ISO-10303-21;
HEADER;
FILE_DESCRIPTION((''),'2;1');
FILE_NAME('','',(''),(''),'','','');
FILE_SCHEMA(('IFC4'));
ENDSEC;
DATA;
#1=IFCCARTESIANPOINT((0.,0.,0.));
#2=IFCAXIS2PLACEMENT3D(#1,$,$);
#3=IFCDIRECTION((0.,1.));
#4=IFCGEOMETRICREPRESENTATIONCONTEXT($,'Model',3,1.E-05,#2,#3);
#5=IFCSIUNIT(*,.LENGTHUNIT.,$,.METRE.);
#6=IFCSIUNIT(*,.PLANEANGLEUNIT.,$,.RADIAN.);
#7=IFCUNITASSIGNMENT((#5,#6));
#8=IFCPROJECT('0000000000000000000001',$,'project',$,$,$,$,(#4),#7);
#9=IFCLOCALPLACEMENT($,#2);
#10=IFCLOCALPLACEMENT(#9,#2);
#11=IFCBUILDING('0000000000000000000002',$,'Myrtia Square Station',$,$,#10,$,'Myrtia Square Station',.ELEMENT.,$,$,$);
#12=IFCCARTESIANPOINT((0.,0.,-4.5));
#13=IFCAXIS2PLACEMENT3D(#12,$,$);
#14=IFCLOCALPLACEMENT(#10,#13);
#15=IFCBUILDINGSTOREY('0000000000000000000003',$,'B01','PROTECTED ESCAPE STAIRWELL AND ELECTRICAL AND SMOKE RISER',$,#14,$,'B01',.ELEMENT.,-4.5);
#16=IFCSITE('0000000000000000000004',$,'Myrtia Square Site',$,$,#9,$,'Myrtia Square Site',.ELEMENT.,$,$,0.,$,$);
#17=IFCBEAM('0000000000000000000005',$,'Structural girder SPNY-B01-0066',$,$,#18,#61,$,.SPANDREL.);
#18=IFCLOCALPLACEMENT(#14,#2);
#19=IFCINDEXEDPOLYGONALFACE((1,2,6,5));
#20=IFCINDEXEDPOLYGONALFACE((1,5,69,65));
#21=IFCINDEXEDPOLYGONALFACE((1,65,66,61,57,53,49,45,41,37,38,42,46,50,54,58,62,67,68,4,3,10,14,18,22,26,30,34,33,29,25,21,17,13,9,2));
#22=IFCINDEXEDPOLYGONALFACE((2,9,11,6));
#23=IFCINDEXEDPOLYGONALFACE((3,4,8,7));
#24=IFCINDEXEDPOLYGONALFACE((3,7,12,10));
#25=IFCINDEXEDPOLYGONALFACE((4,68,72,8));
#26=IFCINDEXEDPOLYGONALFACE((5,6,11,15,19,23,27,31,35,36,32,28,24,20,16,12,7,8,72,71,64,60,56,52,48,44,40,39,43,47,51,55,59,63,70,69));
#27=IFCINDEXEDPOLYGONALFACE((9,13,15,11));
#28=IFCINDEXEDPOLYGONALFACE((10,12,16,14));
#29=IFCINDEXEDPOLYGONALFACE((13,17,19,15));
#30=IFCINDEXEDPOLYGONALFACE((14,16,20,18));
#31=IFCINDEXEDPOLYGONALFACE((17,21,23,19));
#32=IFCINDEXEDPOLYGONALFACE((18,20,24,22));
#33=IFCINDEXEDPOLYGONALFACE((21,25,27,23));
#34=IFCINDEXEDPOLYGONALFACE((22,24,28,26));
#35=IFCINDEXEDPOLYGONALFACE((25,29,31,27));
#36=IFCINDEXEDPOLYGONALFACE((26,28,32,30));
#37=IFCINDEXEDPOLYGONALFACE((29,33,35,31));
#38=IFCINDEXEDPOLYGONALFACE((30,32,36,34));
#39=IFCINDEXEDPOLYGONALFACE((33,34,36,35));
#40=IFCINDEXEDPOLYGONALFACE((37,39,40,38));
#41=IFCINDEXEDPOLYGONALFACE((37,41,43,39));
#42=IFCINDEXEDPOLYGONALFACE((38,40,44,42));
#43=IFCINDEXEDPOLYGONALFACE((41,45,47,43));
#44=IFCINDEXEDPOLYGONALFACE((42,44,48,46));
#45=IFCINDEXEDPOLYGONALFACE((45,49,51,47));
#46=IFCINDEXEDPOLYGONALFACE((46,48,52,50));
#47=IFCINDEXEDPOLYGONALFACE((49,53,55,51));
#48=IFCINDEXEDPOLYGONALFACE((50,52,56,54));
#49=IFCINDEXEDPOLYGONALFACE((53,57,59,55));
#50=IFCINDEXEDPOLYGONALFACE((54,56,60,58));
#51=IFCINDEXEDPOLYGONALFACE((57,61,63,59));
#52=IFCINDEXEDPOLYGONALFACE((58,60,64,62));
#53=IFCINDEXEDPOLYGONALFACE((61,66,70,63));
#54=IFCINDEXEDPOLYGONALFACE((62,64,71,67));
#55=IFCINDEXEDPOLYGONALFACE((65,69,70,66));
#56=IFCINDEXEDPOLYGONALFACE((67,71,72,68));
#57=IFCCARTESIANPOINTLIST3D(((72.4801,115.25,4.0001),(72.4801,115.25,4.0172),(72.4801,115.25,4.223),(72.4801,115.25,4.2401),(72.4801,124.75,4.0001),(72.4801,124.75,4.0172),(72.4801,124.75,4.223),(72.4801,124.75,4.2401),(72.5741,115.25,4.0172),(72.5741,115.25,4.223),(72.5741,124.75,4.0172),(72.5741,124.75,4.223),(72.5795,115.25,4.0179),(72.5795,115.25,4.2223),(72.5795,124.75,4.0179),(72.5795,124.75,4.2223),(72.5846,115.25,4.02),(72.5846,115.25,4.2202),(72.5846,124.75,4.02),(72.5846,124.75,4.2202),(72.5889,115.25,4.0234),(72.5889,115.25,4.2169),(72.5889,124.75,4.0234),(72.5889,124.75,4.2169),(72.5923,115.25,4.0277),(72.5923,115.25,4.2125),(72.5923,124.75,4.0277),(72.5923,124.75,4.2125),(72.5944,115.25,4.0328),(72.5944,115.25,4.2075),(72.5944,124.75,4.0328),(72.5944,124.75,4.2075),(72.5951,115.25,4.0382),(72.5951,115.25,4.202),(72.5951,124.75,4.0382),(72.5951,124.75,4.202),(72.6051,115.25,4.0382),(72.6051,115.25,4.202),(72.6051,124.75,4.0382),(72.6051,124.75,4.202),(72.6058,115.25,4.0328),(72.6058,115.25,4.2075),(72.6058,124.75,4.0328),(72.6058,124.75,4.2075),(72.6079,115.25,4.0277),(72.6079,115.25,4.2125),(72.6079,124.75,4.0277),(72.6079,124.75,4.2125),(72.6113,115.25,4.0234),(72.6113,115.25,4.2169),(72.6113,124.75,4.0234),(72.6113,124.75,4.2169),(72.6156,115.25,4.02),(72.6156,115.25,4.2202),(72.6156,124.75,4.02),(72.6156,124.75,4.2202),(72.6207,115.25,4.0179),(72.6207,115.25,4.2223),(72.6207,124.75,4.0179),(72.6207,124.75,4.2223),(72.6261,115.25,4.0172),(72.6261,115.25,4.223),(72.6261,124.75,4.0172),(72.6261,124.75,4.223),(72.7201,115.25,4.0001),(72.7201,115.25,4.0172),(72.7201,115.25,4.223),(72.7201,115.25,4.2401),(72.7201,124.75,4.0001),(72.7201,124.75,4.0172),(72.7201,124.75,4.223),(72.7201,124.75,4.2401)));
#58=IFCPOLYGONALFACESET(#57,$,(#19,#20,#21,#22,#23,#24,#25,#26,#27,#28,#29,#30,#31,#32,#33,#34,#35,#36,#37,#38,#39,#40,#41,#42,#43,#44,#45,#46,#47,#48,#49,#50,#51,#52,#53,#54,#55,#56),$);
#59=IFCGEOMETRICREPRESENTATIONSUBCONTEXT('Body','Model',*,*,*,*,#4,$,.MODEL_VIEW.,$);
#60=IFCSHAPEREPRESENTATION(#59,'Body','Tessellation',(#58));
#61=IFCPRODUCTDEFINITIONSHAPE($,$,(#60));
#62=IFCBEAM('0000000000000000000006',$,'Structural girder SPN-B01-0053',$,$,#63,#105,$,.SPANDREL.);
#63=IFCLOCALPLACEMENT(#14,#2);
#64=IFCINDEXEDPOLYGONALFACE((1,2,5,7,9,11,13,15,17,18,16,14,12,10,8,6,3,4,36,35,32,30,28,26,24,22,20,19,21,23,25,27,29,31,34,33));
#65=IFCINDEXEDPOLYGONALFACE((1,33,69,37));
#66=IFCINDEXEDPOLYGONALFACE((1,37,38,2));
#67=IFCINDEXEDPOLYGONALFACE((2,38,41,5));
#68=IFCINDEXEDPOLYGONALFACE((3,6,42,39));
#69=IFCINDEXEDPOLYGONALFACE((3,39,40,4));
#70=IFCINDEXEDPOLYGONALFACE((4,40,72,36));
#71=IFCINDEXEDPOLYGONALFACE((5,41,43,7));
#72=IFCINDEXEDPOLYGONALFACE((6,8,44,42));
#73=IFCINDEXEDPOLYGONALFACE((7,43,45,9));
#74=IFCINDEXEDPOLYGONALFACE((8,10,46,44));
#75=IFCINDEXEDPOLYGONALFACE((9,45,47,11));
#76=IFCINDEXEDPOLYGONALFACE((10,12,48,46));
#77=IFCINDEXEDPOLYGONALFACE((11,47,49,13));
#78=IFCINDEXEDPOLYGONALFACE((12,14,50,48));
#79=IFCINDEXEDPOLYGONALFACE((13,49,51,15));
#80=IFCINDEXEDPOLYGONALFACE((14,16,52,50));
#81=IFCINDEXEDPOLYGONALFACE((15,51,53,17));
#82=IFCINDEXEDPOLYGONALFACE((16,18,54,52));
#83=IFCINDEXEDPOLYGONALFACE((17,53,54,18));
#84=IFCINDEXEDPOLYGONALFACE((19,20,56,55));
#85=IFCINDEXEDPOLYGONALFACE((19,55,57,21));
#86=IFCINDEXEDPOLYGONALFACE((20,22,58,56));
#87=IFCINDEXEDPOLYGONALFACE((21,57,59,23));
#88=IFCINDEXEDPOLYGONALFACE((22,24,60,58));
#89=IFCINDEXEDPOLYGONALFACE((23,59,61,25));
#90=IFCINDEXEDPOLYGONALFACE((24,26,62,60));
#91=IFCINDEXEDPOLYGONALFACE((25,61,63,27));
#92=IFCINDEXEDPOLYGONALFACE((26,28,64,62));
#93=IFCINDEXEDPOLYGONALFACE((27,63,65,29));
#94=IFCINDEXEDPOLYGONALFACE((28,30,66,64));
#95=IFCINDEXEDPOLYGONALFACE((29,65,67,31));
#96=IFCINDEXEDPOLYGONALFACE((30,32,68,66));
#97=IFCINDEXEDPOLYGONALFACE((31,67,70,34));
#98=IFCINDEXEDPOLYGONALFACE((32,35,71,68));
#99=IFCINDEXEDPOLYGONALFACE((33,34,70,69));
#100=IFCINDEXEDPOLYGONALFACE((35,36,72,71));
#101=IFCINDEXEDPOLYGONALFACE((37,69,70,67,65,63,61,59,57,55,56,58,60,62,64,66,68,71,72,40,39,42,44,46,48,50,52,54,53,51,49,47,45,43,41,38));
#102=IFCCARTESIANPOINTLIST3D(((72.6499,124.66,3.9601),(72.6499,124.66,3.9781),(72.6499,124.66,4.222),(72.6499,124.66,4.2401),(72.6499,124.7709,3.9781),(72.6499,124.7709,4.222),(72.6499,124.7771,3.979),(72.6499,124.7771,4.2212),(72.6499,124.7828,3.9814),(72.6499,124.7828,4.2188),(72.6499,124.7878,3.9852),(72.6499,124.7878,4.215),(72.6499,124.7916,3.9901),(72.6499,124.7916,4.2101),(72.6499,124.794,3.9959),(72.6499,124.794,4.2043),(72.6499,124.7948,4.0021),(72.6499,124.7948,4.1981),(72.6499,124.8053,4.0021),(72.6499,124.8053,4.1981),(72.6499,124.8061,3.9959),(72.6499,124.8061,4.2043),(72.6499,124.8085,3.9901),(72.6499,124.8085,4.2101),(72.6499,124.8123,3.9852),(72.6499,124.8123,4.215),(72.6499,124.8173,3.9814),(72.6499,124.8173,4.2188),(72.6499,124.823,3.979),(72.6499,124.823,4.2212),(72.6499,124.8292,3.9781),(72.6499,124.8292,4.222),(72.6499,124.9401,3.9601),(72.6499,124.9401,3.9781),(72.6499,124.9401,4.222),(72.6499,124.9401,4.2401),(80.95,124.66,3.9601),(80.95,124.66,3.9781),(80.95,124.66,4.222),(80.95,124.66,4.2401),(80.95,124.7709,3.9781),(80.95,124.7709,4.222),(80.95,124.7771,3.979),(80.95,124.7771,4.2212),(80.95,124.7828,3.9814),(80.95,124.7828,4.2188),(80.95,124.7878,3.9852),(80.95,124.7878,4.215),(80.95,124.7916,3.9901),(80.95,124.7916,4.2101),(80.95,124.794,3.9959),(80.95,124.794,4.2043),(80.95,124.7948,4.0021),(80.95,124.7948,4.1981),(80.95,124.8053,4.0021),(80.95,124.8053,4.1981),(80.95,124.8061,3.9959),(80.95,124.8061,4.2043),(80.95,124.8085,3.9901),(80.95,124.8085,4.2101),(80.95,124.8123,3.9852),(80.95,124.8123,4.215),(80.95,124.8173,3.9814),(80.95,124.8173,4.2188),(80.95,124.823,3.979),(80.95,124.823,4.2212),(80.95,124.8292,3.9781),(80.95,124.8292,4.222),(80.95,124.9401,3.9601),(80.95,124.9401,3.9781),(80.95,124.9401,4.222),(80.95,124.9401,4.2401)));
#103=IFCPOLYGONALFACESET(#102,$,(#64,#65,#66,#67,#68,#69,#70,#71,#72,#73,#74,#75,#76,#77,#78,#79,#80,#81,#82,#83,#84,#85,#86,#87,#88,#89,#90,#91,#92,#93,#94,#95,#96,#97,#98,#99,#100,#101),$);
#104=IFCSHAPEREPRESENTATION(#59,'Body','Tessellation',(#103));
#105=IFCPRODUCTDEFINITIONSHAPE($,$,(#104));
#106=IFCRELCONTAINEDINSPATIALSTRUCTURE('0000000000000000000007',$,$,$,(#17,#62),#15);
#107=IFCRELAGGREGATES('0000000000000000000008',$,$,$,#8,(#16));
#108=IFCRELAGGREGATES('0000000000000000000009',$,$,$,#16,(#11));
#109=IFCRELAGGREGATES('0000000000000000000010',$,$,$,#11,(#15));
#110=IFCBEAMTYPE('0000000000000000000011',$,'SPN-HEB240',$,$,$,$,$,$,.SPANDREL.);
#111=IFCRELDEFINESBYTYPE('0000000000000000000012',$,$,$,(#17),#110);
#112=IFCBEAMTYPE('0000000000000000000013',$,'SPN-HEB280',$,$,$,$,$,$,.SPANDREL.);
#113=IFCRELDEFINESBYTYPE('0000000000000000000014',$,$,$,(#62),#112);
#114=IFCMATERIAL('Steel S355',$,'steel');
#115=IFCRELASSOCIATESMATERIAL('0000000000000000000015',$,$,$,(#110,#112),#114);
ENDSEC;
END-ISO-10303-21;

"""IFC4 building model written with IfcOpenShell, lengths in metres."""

from ifc_helpers import new_model, si_unit, direction, frame, origin, origin_2d, place, context, subcontext, project, spatial, i_section, extrude, material, material_profile, profile_set, type_object, element, save


model = new_model("IFC4")

# Units and contexts
model_context = context("Model", 3, precision=1e-05, world=origin(), true_north=direction((0.0, 1.0)))
body_context = subcontext(model_context, "Body", "Model", "MODEL_VIEW")
ifc_project = project(units=[si_unit("LENGTHUNIT", "METRE"), si_unit("PLANEANGLEUNIT", "RADIAN")], contexts=[model_context])

# Site, building, storey
site_placement = place(None, origin())
site = spatial("IfcSite", under=ifc_project, at=site_placement, Name="Myrtia Square Site", LongName="Myrtia Square Site", CompositionType="ELEMENT", RefElevation=0.0)
building_placement = place(site_placement, origin())
building = spatial("IfcBuilding", under=site, at=building_placement, Name="Myrtia Square Station", LongName="Myrtia Square Station", CompositionType="ELEMENT")
storey_placement = place(building_placement, frame((0.0, 0.0, -4.5)))
storey = spatial("IfcBuildingStorey", under=building, at=storey_placement, Name="B01", Description="PROTECTED ESCAPE STAIRWELL AND ELECTRICAL AND SMOKE RISER", LongName="B01", CompositionType="ELEMENT", Elevation=-4.5)

# Beams
ifc_material_1 = material(Name="Steel S355", Category="steel")
ifc_material_profile_1 = material_profile(ifc_material_1, i_section(OverallWidth=0.24, OverallDepth=0.24, WebThickness=0.01, FlangeThickness=0.0171, FilletRadius=0.021, at=origin_2d()), Name="HEB 240")
ifc_profile_set_1 = profile_set([ifc_material_profile_1], Name="Steel S355")
beam_type_1 = type_object("IfcBeamType", Name="SPN-HEB240", PredefinedType="SPANDREL", material=ifc_profile_set_1)
beam_1_placement = place(storey_placement, frame((72.6001, 115.25, 4.1201), z_axis=(0.0, 1.0, 0.0), x_axis=(-1.0, 0.0, 0.0)))
element("IfcBeam", 1, at=beam_1_placement, inside=storey, type_object=beam_type_1, Name="Structural girder SPNY-B01-0066", PredefinedType="SPANDREL", context=body_context, shape_type="SweptSolid", body=[
    extrude(i_section(OverallWidth=0.24, OverallDepth=0.24, WebThickness=0.01, FlangeThickness=0.0171, FilletRadius=0.021, at=origin_2d()), origin(), (0.0, 0.0, 1.0), 9.5),
])
ifc_material_profile_2 = material_profile(ifc_material_1, i_section(OverallWidth=0.28, OverallDepth=0.28, WebThickness=0.0105, FlangeThickness=0.0181, FilletRadius=0.0239, at=origin_2d()), Name="HEB 280")
ifc_profile_set_2 = profile_set([ifc_material_profile_2], Name="Steel S355")
beam_type_2 = type_object("IfcBeamType", Name="SPN-HEB280", PredefinedType="SPANDREL", material=ifc_profile_set_2)
beam_2_placement = place(storey_placement, frame((72.6499, 124.8, 4.1001), z_axis=(1.0, 0.0, 0.0), x_axis=(0.0, 1.0, 0.0)))
element("IfcBeam", 2, at=beam_2_placement, inside=storey, type_object=beam_type_2, Name="Structural girder SPN-B01-0053", PredefinedType="SPANDREL", context=body_context, shape_type="SweptSolid", body=[
    extrude(i_section(OverallWidth=0.28, OverallDepth=0.28, WebThickness=0.0105, FlangeThickness=0.0181, FilletRadius=0.0239, at=origin_2d()), origin(), (0.0, 0.0, 1.0), 8.3),
])

save(model, "model.ifc")
